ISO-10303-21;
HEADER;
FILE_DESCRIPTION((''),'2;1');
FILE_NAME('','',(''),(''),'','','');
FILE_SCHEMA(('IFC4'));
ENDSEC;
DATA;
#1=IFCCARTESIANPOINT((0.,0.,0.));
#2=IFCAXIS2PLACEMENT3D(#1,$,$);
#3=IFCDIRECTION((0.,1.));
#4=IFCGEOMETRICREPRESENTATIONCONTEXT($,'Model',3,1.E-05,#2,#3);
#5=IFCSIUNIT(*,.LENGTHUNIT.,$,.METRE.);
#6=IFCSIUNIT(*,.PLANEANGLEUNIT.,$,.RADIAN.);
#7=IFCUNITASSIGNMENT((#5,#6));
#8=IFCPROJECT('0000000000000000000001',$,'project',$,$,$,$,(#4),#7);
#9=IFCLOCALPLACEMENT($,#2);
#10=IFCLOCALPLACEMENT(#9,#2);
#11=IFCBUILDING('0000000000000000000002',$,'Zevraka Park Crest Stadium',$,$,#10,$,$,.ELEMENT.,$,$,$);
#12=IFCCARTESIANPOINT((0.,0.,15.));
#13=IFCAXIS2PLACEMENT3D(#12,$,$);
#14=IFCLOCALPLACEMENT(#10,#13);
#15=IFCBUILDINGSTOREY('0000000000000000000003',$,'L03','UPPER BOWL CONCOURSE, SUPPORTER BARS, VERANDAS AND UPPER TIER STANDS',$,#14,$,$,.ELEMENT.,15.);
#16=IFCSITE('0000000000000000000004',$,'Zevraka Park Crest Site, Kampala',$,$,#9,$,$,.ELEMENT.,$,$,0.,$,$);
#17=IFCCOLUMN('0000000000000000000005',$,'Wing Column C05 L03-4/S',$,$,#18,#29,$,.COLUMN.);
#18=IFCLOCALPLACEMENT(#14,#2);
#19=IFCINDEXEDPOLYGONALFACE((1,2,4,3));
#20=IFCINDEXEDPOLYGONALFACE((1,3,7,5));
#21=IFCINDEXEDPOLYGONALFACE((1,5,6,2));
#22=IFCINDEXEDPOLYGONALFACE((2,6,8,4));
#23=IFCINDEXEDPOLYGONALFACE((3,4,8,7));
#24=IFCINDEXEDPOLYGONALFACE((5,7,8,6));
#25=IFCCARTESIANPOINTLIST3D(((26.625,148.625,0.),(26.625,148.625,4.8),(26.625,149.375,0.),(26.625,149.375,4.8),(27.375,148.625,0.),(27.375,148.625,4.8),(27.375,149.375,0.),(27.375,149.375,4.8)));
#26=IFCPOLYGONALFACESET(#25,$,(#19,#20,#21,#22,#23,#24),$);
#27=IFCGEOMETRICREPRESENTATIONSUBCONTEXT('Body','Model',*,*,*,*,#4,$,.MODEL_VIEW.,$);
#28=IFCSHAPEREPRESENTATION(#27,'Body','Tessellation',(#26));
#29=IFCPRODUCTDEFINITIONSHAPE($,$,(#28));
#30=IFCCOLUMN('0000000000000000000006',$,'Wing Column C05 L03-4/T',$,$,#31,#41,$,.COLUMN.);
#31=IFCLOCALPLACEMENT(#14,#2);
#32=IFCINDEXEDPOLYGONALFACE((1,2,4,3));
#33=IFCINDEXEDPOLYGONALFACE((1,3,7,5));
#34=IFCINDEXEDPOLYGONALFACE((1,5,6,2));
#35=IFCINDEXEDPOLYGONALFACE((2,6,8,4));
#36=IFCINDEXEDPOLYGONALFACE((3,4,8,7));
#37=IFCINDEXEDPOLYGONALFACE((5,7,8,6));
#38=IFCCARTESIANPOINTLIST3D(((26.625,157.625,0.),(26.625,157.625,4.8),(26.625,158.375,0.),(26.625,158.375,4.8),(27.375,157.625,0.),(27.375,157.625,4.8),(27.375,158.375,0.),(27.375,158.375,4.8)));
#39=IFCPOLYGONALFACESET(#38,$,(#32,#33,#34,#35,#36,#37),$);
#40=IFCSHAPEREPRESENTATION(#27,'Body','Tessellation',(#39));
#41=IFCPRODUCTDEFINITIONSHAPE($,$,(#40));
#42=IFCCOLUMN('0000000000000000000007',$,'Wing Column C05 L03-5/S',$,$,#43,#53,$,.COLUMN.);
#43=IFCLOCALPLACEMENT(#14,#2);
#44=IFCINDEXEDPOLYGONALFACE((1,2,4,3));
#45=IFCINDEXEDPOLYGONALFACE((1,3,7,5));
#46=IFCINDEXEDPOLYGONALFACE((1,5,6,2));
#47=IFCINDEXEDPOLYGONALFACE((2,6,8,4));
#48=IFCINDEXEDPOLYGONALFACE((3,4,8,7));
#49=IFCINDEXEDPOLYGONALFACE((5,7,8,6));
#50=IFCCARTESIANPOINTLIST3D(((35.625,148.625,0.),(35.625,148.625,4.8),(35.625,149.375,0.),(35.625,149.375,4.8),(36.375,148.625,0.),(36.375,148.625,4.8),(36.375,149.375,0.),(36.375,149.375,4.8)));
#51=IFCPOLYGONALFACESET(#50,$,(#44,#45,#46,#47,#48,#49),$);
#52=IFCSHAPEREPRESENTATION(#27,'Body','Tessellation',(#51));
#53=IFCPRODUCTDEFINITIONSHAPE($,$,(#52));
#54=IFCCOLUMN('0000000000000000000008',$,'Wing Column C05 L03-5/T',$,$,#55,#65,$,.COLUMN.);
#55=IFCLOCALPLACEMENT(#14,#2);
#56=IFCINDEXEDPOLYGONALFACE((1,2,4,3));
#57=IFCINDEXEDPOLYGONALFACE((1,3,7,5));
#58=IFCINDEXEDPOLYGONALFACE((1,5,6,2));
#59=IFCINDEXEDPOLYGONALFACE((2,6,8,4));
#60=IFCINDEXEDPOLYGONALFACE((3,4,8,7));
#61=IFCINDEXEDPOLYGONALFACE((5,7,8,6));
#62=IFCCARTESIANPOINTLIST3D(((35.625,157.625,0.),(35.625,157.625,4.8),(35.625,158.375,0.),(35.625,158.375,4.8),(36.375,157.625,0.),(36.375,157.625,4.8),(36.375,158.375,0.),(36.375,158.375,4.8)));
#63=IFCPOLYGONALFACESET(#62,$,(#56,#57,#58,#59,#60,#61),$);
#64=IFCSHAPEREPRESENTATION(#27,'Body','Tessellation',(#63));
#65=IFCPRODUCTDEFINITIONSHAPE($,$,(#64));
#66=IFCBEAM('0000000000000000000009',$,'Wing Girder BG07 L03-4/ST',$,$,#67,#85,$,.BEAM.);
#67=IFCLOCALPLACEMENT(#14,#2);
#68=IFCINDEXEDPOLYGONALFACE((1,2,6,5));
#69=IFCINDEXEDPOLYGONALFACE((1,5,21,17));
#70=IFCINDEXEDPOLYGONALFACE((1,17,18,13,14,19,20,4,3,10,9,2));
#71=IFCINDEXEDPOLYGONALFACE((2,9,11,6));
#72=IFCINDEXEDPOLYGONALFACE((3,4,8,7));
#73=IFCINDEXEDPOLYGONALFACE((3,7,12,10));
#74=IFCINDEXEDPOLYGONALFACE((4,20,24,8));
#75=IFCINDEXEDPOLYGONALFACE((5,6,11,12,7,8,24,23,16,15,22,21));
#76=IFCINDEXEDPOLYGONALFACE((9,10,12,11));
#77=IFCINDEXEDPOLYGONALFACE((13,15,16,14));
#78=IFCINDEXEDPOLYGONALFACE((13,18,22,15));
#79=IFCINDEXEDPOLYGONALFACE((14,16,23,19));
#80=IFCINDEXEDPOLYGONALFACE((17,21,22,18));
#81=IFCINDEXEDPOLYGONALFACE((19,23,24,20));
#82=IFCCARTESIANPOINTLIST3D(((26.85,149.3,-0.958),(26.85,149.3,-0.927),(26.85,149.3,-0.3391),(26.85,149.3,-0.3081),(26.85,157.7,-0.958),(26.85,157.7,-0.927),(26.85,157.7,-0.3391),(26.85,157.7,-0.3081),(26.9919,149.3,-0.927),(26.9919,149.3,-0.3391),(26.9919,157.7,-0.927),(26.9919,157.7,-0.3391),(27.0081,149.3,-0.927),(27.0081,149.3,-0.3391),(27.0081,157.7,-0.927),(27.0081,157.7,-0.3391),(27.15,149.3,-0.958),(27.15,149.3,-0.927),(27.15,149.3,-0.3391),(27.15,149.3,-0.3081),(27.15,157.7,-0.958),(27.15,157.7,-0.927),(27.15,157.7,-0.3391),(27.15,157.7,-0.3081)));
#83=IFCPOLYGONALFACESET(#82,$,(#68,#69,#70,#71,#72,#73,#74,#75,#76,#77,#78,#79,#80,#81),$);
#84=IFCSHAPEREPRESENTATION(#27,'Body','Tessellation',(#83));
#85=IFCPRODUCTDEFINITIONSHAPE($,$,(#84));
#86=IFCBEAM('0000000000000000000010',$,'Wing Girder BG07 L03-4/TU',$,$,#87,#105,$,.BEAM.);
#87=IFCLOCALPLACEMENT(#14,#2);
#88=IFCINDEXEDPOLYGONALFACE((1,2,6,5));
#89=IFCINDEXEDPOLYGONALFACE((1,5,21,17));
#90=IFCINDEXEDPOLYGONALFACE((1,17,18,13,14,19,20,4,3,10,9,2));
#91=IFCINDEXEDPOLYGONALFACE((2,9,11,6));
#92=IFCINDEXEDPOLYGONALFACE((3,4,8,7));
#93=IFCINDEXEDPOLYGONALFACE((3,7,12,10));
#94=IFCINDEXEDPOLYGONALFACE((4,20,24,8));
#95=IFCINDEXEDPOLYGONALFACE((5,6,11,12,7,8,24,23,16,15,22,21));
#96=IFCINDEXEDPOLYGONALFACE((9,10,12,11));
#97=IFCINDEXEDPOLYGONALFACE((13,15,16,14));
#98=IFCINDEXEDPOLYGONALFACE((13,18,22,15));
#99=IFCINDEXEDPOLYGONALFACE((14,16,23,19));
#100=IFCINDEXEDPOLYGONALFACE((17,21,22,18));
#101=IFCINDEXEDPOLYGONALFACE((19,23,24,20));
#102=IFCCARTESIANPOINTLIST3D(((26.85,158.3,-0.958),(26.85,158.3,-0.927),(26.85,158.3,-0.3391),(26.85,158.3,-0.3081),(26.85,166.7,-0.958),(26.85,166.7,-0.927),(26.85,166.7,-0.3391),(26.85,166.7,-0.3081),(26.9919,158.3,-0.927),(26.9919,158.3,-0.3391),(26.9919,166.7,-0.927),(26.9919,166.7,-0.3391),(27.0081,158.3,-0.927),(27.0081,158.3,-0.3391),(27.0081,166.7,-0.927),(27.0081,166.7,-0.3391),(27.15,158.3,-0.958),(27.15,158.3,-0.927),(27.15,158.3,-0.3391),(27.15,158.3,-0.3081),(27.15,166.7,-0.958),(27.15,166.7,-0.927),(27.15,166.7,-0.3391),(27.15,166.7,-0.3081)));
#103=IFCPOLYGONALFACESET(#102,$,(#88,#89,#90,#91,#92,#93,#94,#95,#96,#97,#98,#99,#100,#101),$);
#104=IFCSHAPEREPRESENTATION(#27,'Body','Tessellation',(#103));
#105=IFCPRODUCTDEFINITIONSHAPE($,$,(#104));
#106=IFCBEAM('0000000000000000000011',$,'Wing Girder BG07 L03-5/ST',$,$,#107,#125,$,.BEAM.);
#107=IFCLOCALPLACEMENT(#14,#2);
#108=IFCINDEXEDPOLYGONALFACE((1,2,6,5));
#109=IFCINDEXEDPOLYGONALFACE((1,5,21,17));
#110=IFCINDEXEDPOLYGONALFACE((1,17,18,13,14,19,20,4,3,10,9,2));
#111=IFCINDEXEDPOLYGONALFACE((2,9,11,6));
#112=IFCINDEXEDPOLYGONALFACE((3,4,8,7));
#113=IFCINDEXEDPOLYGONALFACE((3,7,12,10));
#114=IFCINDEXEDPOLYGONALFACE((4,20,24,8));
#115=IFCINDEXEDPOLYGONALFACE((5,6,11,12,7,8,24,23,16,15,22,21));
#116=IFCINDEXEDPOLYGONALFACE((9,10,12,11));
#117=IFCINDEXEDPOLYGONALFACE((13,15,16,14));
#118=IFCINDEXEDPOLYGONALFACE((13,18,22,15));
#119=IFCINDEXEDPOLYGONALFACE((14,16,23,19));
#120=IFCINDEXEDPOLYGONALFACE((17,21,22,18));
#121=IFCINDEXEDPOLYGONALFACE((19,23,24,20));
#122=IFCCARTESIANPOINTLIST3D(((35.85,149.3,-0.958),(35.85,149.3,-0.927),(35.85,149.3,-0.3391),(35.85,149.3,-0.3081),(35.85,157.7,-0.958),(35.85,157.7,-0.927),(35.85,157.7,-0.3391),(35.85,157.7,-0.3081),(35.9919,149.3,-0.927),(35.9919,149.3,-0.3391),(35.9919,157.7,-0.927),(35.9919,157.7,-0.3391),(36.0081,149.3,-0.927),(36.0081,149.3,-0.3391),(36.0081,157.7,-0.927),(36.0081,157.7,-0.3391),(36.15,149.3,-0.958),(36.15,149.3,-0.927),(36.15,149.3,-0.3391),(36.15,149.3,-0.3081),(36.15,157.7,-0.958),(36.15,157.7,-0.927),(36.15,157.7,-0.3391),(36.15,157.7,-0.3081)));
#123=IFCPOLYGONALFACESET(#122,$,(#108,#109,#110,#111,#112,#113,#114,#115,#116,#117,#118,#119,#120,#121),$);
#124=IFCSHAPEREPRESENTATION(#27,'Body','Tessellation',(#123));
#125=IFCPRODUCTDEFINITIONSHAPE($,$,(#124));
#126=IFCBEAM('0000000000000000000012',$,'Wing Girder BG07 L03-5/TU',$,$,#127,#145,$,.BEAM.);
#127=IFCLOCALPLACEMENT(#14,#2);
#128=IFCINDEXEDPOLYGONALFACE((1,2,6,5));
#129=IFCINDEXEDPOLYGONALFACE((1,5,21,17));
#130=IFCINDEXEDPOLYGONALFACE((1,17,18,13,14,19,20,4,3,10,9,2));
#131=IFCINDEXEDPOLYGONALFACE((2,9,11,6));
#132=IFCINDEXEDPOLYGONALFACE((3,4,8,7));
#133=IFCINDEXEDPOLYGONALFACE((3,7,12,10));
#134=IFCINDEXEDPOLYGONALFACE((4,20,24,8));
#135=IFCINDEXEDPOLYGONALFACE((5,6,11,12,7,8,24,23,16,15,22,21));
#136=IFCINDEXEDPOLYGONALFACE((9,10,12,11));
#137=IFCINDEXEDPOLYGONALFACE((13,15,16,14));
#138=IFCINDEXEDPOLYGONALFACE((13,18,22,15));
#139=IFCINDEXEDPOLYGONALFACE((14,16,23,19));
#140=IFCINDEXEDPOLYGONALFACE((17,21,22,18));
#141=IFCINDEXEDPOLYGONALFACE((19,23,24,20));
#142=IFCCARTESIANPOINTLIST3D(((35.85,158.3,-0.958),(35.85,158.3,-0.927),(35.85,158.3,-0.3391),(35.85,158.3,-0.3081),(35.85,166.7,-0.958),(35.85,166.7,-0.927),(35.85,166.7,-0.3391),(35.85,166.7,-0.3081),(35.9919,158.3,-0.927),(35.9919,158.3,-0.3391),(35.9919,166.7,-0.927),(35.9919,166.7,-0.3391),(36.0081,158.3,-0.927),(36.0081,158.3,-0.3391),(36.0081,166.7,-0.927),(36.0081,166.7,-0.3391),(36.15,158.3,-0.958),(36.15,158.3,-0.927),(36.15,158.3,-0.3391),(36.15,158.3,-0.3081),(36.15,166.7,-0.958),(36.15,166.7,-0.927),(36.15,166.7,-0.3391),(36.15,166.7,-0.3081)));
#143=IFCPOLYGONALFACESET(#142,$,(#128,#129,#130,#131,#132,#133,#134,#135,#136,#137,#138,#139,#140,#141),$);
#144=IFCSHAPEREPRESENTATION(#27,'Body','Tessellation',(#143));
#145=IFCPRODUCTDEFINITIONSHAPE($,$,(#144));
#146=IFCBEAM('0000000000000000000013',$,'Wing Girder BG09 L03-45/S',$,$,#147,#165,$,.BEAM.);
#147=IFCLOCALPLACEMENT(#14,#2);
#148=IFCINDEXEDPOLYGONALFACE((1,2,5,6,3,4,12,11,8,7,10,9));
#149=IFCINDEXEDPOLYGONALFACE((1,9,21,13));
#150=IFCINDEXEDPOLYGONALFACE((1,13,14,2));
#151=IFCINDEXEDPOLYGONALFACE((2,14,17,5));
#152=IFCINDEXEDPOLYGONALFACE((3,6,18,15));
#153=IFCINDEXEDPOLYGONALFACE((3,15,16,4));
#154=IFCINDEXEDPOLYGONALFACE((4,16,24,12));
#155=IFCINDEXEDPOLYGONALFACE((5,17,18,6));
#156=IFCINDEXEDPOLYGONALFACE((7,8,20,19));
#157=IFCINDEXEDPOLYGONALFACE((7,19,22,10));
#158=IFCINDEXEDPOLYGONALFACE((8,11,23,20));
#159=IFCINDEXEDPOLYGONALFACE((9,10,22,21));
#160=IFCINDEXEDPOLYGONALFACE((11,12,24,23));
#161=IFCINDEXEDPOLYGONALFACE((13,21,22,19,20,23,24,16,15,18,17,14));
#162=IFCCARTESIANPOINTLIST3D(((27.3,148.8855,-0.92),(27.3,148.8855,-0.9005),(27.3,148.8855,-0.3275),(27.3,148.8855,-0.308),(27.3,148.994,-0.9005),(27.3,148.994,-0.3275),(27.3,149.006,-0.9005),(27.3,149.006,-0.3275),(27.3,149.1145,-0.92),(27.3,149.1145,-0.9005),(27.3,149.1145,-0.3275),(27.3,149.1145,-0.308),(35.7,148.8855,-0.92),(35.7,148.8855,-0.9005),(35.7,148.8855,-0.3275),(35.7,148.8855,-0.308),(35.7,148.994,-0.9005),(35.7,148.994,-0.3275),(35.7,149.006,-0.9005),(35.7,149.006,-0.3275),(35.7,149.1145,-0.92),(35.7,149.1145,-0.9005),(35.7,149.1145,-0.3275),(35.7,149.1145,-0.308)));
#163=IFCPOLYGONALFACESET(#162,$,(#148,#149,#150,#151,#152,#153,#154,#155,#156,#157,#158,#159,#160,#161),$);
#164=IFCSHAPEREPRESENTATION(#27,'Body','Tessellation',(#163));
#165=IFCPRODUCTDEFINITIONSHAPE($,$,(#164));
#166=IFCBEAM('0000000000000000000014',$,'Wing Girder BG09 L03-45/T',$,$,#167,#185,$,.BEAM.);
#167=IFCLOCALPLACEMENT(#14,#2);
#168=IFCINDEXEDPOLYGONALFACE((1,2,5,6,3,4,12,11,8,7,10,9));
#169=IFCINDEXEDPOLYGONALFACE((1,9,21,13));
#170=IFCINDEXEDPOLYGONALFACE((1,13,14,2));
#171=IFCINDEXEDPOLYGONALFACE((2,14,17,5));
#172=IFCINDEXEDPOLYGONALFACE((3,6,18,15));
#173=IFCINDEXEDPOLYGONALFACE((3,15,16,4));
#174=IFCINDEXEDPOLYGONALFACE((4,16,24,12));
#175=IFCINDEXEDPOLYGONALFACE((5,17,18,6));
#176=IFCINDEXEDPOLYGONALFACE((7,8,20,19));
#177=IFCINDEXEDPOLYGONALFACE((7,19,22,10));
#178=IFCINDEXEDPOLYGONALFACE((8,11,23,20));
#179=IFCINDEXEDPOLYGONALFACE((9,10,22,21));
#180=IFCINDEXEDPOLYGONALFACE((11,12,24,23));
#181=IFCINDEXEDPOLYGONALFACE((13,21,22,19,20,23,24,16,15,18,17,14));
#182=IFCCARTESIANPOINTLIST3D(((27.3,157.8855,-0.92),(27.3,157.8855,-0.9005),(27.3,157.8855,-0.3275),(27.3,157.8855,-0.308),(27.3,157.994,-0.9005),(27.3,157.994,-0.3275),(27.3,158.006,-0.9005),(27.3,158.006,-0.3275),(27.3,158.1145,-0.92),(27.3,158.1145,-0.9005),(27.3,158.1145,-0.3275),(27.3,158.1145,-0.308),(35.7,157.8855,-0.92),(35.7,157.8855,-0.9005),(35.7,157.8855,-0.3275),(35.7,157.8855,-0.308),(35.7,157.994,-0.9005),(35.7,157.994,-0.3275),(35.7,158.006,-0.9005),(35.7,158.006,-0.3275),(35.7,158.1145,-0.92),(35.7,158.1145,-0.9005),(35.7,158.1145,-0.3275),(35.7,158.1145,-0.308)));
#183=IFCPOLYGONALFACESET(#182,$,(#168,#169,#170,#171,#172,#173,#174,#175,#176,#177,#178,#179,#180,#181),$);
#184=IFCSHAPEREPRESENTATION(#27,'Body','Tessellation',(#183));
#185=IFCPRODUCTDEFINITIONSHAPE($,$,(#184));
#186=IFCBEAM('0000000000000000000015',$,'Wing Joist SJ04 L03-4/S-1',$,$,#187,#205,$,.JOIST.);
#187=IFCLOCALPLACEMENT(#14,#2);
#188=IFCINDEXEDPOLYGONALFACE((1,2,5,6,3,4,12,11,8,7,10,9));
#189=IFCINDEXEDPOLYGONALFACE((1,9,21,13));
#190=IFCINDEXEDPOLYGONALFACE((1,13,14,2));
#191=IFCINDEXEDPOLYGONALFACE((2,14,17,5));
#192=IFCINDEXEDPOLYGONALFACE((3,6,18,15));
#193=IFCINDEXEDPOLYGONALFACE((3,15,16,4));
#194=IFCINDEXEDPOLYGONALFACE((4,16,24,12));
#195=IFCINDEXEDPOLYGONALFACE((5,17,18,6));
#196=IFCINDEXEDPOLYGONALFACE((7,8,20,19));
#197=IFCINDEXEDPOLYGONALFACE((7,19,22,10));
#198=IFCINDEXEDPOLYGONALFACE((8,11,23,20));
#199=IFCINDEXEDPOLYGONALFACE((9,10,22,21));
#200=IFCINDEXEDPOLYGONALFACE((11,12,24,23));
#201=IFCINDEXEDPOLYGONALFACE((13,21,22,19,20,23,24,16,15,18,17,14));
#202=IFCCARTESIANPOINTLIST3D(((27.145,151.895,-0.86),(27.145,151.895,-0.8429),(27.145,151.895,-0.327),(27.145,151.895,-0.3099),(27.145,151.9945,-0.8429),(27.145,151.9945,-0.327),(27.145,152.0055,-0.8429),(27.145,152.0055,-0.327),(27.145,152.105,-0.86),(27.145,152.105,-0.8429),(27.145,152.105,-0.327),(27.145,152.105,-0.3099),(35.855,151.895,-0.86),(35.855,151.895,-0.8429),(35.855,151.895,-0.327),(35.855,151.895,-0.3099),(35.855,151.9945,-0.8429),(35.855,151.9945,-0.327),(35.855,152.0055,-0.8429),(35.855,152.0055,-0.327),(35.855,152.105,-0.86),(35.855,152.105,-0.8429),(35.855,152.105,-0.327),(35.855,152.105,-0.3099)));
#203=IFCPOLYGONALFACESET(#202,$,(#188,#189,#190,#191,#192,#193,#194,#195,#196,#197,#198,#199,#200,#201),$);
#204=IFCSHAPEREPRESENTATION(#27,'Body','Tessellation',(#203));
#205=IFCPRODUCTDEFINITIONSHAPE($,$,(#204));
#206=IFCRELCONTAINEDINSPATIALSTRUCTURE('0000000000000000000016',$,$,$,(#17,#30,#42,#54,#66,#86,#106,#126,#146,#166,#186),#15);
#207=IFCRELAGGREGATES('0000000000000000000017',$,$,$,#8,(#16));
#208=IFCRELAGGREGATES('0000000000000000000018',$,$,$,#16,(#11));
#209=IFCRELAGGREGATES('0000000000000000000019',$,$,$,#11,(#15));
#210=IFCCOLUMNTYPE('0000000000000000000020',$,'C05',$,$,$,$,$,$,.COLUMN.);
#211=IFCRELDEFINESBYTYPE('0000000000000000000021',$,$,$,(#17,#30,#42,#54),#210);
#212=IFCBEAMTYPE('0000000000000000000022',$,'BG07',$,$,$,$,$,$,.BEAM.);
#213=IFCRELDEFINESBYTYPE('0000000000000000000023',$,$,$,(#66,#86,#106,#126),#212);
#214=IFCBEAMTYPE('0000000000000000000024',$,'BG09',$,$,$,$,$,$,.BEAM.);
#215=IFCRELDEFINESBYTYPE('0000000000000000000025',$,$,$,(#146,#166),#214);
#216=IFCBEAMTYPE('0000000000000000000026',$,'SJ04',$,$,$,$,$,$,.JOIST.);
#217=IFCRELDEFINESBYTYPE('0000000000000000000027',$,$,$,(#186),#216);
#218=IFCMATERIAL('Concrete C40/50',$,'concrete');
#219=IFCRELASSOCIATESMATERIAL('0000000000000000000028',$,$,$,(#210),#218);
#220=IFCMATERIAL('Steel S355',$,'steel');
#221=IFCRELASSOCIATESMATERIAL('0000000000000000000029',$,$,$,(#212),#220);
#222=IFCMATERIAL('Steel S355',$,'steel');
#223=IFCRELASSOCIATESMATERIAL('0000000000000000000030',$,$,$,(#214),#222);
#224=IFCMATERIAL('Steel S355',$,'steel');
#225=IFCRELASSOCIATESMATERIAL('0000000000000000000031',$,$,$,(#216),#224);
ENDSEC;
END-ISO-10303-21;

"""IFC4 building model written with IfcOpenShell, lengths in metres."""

from ifc_helpers import new_model, si_unit, direction, frame, origin, origin_2d, place, context, subcontext, project, spatial, rectangle, i_section, extrude, material, material_profile, profile_set, type_object, element, save


model = new_model("IFC4")

# Units and contexts
model_context = context("Model", 3, precision=1e-05, world=origin(), true_north=direction((0.0, 1.0)))
body_context = subcontext(model_context, "Body", "Model", "MODEL_VIEW")
ifc_project = project(units=[si_unit("LENGTHUNIT", "METRE"), si_unit("PLANEANGLEUNIT", "RADIAN")], contexts=[model_context])

# Site, building, storey
site_placement = place(None, origin())
site = spatial("IfcSite", under=ifc_project, at=site_placement, Name="Zevraka Park Crest Site, Kampala", CompositionType="ELEMENT", RefElevation=0.0)
building_placement = place(site_placement, origin())
building = spatial("IfcBuilding", under=site, at=building_placement, Name="Zevraka Park Crest Stadium", CompositionType="ELEMENT")
storey_placement = place(building_placement, frame((0.0, 0.0, 15.0)))
storey = spatial("IfcBuildingStorey", under=building, at=storey_placement, Name="L03", Description="UPPER BOWL CONCOURSE, SUPPORTER BARS, VERANDAS AND UPPER TIER STANDS", CompositionType="ELEMENT", Elevation=15.0)

# Columns
ifc_material_1 = material(Name="Concrete C40/50", Category="concrete")
ifc_material_profile_1 = material_profile(ifc_material_1, rectangle(XDim=0.75, YDim=0.75, at=origin_2d()), Name="RC 750x750")
ifc_profile_set_1 = profile_set([ifc_material_profile_1], Name="Concrete C40/50")
column_type = type_object("IfcColumnType", Name="C05", PredefinedType="COLUMN", material=ifc_profile_set_1)
for number, where, z_axis, x_axis, name in (
    (1, (27.0, 149.0, 0.0), (0.0, 0.0, 1.0), (1.0, 0.0, 0.0), "Wing Column C05 L03-4/S"),
    (2, (27.0, 158.0, 0.0), (0.0, 0.0, 1.0), (1.0, 0.0, 0.0), "Wing Column C05 L03-4/T"),
    (3, (36.0, 149.0, 0.0), (0.0, 0.0, 1.0), (1.0, 0.0, 0.0), "Wing Column C05 L03-5/S"),
    (4, (36.0, 158.0, 0.0), (0.0, 0.0, 1.0), (1.0, 0.0, 0.0), "Wing Column C05 L03-5/T"),
):
    element("IfcColumn", number, at=place(storey_placement, frame(where, z_axis=z_axis, x_axis=x_axis)), inside=storey, type_object=column_type, Name=name, PredefinedType="COLUMN", context=body_context, shape_type="SweptSolid", body=[
        extrude(rectangle(XDim=0.75, YDim=0.75, at=origin_2d()), origin(), (0.0, 0.0, 1.0), 4.8),
    ])

# Beams
ifc_material_2 = material(Name="Steel S355", Category="steel")
ifc_material_profile_2 = material_profile(ifc_material_2, i_section(OverallWidth=0.3, OverallDepth=0.6499, WebThickness=0.0161, FlangeThickness=0.031, at=origin_2d()), Name="HEB 650")
ifc_profile_set_2 = profile_set([ifc_material_profile_2], Name="Steel S355")
beam_type_1 = type_object("IfcBeamType", Name="BG07", PredefinedType="BEAM", material=ifc_profile_set_2)
for number, where, z_axis, x_axis, name in (
    (5, (27.0, 149.3, -0.6331), (0.0, 1.0, 0.0), (-1.0, 0.0, 0.0), "Wing Girder BG07 L03-4/ST"),
    (6, (27.0, 158.3, -0.6331), (0.0, 1.0, 0.0), (-1.0, 0.0, 0.0), "Wing Girder BG07 L03-4/TU"),
    (7, (36.0, 149.3, -0.6331), (0.0, 1.0, 0.0), (-1.0, 0.0, 0.0), "Wing Girder BG07 L03-5/ST"),
    (8, (36.0, 158.3, -0.6331), (0.0, 1.0, 0.0), (-1.0, 0.0, 0.0), "Wing Girder BG07 L03-5/TU"),
):
    element("IfcBeam", number, at=place(storey_placement, frame(where, z_axis=z_axis, x_axis=x_axis)), inside=storey, type_object=beam_type_1, Name=name, PredefinedType="BEAM", context=body_context, shape_type="SweptSolid", body=[
        extrude(i_section(OverallWidth=0.3, OverallDepth=0.6499, WebThickness=0.0161, FlangeThickness=0.031, at=origin_2d()), origin(), (0.0, 0.0, 1.0), 8.3999),
    ])
ifc_material_3 = material(Name="Steel S355", Category="steel")
ifc_material_profile_3 = material_profile(ifc_material_3, i_section(OverallWidth=0.229, OverallDepth=0.6121, WebThickness=0.012, FlangeThickness=0.0195, at=origin_2d()), Name="UKB 610x229x125")
ifc_profile_set_3 = profile_set([ifc_material_profile_3], Name="Steel S355")
beam_type_2 = type_object("IfcBeamType", Name="BG09", PredefinedType="BEAM", material=ifc_profile_set_3)
for number, where, z_axis, x_axis, name in (
    (9, (27.3, 149.0, -0.614), (1.0, 0.0, 0.0), (0.0, 1.0, 0.0), "Wing Girder BG09 L03-45/S"),
    (10, (27.3, 158.0, -0.614), (1.0, 0.0, 0.0), (0.0, 1.0, 0.0), "Wing Girder BG09 L03-45/T"),
):
    element("IfcBeam", number, at=place(storey_placement, frame(where, z_axis=z_axis, x_axis=x_axis)), inside=storey, type_object=beam_type_2, Name=name, PredefinedType="BEAM", context=body_context, shape_type="SweptSolid", body=[
        extrude(i_section(OverallWidth=0.229, OverallDepth=0.6121, WebThickness=0.012, FlangeThickness=0.0195, at=origin_2d()), origin(), (0.0, 0.0, 1.0), 8.3999),
    ])
ifc_material_4 = material(Name="Steel S355", Category="steel")
ifc_material_profile_4 = material_profile(ifc_material_4, i_section(OverallWidth=0.21, OverallDepth=0.55, WebThickness=0.011, FlangeThickness=0.0171, at=origin_2d()), Name="IPE 550")
ifc_profile_set_4 = profile_set([ifc_material_profile_4], Name="Steel S355")
beam_type_3 = type_object("IfcBeamType", Name="SJ04", PredefinedType="JOIST", material=ifc_profile_set_4)
for number, where, z_axis, x_axis, name in (
    (11, (27.145, 152.0, -0.585), (1.0, 0.0, 0.0), (0.0, 1.0, 0.0), "Wing Joist SJ04 L03-4/S-1"),
):
    element("IfcBeam", number, at=place(storey_placement, frame(where, z_axis=z_axis, x_axis=x_axis)), inside=storey, type_object=beam_type_3, Name=name, PredefinedType="JOIST", context=body_context, shape_type="SweptSolid", body=[
        extrude(i_section(OverallWidth=0.21, OverallDepth=0.55, WebThickness=0.011, FlangeThickness=0.0171, at=origin_2d()), origin(), (0.0, 0.0, 1.0), 8.71),
    ])

save(model, "model.ifc")
